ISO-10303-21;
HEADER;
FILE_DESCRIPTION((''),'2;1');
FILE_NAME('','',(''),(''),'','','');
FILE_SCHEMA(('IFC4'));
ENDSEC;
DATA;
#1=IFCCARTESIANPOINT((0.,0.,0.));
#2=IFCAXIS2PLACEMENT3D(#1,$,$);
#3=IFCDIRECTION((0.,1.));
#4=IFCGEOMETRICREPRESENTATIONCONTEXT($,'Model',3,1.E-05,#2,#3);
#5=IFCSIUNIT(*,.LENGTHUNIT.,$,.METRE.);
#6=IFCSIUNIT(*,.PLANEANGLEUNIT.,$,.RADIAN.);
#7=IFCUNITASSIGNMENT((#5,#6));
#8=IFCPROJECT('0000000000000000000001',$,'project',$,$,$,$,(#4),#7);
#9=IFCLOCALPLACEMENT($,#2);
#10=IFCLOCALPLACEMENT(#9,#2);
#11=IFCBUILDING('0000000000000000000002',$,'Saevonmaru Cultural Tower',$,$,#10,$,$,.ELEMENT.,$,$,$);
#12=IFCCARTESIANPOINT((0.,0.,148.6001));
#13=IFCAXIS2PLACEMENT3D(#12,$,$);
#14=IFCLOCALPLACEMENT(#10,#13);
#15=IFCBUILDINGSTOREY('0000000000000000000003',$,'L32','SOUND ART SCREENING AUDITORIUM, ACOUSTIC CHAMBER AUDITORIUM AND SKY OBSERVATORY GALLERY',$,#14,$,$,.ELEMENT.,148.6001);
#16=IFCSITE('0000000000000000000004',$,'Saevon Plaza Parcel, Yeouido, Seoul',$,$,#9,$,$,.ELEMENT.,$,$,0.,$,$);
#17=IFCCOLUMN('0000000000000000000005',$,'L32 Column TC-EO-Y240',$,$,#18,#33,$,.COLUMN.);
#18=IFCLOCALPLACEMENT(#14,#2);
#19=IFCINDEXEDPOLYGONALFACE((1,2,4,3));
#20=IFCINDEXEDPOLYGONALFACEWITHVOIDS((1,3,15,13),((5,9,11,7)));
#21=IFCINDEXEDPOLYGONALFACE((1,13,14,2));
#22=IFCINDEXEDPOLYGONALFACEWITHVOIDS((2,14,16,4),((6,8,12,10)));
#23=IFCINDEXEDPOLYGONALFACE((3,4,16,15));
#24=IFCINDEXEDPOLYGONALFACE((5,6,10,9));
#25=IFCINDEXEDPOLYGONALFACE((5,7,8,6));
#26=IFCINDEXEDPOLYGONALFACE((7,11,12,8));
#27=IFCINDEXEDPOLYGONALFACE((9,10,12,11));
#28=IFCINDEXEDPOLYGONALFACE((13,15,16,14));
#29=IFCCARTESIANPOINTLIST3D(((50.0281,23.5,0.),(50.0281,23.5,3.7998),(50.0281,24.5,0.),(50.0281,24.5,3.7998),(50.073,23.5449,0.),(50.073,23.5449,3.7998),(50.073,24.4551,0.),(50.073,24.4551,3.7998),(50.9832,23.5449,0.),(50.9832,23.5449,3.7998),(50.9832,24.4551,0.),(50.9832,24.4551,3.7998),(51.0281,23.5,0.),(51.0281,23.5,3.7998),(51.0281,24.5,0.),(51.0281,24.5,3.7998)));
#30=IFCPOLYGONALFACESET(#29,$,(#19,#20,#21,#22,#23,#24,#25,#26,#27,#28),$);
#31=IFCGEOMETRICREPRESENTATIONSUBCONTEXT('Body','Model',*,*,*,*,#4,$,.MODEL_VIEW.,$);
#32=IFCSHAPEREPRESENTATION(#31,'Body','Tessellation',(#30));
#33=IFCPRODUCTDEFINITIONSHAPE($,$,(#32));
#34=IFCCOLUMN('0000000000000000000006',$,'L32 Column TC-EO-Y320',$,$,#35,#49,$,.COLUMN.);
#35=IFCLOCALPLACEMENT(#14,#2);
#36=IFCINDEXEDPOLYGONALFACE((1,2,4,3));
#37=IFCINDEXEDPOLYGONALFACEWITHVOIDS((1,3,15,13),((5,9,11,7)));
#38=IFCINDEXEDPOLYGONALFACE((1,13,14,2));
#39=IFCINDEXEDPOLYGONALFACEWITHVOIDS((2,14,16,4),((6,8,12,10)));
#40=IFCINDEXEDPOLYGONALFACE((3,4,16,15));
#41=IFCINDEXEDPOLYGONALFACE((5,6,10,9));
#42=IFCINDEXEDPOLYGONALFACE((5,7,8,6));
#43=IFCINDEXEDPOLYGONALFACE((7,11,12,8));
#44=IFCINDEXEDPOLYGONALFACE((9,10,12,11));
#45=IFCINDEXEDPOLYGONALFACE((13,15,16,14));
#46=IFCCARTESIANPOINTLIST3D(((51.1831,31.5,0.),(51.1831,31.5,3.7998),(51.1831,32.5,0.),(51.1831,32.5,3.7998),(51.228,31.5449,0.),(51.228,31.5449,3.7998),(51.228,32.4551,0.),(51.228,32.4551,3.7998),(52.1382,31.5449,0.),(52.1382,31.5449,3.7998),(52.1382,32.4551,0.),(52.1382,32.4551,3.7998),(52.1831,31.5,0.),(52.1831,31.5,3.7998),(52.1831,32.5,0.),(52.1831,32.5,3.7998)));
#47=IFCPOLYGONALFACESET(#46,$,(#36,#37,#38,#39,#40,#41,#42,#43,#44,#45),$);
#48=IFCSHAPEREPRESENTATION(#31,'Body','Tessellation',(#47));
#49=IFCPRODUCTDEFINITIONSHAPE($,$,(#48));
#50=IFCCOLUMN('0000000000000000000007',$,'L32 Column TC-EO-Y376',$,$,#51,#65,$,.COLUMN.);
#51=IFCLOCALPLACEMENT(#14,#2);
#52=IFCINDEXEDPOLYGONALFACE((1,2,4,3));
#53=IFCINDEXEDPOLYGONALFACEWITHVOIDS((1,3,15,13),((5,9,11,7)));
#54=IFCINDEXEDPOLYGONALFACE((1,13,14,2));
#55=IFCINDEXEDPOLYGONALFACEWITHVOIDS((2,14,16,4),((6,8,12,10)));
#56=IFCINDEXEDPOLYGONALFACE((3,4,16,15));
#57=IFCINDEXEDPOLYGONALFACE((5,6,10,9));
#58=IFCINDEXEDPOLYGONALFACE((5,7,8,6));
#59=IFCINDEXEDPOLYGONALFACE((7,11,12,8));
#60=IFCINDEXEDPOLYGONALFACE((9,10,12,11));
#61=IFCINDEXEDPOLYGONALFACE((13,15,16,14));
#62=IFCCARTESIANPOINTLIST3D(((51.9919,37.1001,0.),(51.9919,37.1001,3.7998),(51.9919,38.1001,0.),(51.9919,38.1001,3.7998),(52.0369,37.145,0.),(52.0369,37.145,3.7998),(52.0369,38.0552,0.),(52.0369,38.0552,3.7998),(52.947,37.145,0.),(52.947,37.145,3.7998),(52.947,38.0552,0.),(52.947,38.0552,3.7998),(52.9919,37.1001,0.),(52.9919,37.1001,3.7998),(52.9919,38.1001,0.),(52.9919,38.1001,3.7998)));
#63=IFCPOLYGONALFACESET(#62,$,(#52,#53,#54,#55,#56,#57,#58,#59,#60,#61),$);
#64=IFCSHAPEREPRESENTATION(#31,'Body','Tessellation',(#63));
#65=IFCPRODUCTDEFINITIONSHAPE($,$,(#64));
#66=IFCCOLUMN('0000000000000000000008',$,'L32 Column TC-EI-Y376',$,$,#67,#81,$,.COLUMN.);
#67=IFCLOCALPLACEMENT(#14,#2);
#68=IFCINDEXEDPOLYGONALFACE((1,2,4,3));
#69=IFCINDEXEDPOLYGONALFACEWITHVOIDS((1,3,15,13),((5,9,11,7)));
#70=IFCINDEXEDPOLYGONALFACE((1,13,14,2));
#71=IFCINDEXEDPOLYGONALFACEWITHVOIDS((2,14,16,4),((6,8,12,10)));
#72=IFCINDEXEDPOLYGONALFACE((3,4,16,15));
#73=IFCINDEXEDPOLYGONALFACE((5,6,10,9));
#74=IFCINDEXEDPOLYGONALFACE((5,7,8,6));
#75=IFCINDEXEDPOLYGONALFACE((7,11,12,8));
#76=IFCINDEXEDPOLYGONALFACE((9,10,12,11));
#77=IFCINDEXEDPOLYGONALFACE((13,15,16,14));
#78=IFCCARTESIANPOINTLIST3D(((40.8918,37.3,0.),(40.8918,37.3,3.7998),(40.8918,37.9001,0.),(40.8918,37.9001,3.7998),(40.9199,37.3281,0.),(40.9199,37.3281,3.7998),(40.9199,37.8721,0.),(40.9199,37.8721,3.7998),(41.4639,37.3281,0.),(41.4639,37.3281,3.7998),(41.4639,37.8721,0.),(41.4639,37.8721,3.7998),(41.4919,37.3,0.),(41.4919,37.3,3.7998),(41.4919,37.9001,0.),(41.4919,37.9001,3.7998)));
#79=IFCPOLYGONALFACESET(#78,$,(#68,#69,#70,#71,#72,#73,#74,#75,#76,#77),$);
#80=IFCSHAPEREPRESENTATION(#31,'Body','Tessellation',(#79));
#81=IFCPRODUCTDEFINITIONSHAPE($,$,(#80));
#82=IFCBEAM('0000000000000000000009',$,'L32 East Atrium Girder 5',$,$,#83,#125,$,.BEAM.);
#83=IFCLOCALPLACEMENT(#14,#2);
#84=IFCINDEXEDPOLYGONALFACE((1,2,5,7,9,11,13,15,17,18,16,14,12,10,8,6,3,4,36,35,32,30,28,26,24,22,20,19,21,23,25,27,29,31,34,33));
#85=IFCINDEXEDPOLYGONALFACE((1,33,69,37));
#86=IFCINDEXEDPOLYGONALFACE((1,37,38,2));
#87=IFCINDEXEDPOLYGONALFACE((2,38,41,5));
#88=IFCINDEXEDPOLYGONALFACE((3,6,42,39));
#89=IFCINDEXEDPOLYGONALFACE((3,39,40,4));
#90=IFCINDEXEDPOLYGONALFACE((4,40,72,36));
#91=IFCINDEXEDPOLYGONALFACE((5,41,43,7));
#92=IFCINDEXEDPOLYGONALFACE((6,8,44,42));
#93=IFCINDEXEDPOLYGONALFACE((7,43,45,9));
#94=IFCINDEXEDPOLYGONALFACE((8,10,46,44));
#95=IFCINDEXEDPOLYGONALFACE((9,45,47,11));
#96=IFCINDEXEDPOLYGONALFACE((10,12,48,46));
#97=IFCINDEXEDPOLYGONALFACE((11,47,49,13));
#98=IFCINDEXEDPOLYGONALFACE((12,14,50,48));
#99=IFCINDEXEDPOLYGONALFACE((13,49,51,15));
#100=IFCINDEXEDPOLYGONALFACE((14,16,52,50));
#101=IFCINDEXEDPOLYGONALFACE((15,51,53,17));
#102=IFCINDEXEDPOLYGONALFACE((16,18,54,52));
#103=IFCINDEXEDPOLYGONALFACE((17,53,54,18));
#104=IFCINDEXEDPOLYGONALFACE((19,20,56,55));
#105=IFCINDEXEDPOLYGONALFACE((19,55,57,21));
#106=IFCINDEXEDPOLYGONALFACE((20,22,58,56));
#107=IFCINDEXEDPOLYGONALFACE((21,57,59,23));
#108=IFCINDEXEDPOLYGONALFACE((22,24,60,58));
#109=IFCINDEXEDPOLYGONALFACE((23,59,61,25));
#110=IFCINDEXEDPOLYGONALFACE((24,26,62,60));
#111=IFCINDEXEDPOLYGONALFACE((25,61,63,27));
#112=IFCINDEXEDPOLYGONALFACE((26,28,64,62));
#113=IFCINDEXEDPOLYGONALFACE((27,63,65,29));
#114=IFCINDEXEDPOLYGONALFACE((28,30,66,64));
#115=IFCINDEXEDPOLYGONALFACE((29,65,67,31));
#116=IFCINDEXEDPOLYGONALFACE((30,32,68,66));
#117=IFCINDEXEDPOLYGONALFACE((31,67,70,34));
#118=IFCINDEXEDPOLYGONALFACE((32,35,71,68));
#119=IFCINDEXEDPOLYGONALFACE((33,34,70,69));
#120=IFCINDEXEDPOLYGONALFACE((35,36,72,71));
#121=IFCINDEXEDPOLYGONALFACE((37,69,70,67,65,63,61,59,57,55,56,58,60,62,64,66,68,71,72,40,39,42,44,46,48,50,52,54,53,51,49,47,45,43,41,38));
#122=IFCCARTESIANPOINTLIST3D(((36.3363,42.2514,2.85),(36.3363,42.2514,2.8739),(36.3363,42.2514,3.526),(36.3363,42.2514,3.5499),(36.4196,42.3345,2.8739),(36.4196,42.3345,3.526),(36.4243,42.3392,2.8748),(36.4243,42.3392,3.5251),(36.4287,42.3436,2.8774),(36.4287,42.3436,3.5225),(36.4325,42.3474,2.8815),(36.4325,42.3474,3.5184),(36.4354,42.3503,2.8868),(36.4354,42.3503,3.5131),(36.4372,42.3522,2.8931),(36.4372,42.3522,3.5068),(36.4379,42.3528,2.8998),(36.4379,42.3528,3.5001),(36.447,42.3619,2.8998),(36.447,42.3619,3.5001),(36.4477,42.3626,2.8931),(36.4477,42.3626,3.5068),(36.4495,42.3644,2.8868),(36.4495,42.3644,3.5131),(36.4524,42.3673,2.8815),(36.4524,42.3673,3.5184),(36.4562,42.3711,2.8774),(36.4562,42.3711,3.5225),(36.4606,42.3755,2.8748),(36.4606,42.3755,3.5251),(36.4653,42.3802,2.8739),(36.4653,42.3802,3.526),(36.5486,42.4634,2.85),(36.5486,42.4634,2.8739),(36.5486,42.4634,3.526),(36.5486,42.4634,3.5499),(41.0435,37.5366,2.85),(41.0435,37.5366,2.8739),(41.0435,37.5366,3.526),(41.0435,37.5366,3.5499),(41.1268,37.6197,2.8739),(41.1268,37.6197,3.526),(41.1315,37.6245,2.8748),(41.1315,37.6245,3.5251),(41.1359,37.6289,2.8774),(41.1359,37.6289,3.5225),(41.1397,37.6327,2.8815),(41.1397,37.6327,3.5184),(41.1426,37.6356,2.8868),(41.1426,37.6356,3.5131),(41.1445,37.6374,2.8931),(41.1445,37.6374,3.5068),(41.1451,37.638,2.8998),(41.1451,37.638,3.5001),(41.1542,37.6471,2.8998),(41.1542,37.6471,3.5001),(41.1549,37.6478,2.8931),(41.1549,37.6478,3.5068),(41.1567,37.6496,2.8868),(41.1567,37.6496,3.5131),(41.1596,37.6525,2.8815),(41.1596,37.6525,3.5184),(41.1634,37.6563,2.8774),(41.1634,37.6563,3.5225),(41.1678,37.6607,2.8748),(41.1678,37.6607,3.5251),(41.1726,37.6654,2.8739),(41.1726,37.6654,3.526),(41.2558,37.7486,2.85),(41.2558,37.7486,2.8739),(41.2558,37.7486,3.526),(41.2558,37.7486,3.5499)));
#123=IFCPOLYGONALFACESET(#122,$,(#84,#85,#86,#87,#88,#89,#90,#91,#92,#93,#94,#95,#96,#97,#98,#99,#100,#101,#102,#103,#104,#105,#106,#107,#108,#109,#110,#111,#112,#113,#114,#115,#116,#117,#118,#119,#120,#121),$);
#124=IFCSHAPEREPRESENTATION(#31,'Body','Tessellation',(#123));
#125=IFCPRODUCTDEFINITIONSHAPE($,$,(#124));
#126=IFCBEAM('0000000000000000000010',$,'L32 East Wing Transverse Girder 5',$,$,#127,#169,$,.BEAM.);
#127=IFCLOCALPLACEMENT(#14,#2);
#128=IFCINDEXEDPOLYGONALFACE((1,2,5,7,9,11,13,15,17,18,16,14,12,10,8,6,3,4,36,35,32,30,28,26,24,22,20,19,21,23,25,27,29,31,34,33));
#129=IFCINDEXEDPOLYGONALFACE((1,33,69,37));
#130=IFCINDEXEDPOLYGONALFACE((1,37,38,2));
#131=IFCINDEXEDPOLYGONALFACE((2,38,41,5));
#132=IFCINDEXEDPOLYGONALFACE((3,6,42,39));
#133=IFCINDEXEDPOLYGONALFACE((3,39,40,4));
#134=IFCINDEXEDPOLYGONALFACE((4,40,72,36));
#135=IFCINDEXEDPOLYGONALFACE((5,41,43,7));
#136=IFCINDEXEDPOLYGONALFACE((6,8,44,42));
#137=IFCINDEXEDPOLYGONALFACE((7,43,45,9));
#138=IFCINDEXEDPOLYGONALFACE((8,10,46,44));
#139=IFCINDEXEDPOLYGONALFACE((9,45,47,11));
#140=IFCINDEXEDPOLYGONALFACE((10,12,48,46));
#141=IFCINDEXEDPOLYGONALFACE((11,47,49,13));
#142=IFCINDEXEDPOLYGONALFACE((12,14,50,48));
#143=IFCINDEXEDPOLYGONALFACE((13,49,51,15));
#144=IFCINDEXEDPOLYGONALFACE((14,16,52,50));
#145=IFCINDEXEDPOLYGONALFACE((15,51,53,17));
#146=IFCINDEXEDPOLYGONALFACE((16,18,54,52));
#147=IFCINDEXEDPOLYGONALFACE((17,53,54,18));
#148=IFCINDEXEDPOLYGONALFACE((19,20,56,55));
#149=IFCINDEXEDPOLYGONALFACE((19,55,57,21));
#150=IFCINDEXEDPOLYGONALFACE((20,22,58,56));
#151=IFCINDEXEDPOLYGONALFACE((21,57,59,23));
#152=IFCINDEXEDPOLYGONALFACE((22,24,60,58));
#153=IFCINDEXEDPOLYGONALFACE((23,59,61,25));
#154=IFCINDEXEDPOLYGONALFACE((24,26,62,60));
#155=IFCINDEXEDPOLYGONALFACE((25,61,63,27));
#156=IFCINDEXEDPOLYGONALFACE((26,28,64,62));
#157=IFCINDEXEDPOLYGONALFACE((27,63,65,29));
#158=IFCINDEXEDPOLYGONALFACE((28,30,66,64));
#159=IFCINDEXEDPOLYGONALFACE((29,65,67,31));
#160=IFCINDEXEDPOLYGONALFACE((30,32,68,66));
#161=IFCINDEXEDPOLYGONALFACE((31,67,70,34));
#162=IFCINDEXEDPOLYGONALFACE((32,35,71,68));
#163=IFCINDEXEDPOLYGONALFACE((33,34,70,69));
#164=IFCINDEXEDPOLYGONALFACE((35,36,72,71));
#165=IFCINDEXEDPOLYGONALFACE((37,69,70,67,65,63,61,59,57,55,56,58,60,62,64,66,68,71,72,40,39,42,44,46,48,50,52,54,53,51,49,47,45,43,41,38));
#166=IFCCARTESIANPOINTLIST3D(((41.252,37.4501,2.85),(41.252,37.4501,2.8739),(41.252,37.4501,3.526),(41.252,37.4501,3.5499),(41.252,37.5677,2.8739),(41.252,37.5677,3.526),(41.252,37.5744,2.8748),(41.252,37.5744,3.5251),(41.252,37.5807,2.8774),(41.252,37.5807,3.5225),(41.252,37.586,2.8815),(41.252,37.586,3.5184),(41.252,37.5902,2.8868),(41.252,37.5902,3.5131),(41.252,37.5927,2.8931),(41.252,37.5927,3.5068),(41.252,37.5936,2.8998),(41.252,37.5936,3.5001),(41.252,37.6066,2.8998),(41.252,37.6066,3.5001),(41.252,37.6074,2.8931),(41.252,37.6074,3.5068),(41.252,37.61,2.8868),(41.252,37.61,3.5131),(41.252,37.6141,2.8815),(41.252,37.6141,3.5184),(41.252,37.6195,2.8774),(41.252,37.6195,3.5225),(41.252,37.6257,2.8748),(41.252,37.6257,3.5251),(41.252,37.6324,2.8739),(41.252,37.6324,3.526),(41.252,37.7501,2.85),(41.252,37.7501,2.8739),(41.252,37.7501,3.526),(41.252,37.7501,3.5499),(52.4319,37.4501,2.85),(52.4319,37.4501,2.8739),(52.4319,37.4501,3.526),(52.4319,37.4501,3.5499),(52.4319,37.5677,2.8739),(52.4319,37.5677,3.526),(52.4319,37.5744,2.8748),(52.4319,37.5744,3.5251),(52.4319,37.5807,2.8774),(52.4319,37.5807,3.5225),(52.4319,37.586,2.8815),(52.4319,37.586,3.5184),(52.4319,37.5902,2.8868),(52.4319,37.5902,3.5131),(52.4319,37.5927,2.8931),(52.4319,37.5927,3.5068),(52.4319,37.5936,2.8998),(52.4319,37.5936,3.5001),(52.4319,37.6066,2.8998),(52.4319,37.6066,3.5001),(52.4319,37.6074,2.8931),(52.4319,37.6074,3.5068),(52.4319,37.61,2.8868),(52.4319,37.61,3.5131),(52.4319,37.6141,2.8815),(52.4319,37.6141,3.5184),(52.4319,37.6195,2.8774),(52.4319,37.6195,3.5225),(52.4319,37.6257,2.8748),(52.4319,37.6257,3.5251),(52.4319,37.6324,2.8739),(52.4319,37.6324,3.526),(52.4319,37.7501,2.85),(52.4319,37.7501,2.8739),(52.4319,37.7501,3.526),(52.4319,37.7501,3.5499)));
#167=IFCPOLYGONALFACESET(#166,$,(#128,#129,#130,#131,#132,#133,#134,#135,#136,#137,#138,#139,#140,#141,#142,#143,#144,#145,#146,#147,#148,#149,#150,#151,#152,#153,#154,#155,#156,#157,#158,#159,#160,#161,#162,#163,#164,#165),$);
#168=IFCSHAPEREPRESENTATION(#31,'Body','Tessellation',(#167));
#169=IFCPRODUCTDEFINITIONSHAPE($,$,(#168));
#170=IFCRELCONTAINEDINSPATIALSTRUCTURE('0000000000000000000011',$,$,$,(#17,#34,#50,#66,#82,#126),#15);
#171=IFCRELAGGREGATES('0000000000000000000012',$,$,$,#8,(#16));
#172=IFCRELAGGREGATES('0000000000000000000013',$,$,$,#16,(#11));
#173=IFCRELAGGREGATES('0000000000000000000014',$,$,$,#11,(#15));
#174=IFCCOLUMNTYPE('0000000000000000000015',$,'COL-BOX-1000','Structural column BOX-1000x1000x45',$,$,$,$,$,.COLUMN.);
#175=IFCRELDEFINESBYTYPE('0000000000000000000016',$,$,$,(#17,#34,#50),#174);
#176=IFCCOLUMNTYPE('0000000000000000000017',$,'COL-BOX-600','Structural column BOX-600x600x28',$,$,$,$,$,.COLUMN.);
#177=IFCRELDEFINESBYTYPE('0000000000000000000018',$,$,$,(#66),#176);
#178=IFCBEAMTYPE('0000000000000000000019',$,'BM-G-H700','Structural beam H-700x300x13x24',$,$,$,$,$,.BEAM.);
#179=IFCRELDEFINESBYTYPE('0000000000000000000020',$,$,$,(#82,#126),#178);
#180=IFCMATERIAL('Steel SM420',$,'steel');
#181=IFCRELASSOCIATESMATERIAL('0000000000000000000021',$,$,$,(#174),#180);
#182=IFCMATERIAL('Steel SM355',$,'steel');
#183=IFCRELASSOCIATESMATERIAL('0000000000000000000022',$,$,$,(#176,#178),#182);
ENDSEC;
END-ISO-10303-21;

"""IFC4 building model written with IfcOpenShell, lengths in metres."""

from ifc_helpers import new_model, si_unit, direction, frame, origin, origin_2d, place, context, subcontext, project, spatial, hollow_rectangle, i_section, extrude, material, material_profile, profile_set, type_object, element, save


model = new_model("IFC4")

# Units and contexts
model_context = context("Model", 3, precision=1e-05, world=origin(), true_north=direction((0.0, 1.0)))
body_context = subcontext(model_context, "Body", "Model", "MODEL_VIEW")
ifc_project = project(units=[si_unit("LENGTHUNIT", "METRE"), si_unit("PLANEANGLEUNIT", "RADIAN")], contexts=[model_context])

# Site, building, storey
site_placement = place(None, origin())
site = spatial("IfcSite", under=ifc_project, at=site_placement, Name="Saevon Plaza Parcel, Yeouido, Seoul", CompositionType="ELEMENT", RefElevation=0.0)
building_placement = place(site_placement, origin())
building = spatial("IfcBuilding", under=site, at=building_placement, Name="Saevonmaru Cultural Tower", CompositionType="ELEMENT")
storey_placement = place(building_placement, frame((0.0, 0.0, 148.6001)))
storey = spatial("IfcBuildingStorey", under=building, at=storey_placement, Name="L32", Description="SOUND ART SCREENING AUDITORIUM, ACOUSTIC CHAMBER AUDITORIUM AND SKY OBSERVATORY GALLERY", CompositionType="ELEMENT", Elevation=148.6001)

# Columns
ifc_material_1 = material(Name="Steel SM420", Category="steel")
ifc_material_profile_1 = material_profile(ifc_material_1, hollow_rectangle(XDim=1.0, YDim=1.0, WallThickness=0.0449, at=origin_2d()), Name="BOX-1000x1000x45")
ifc_profile_set_1 = profile_set([ifc_material_profile_1], Name="Steel SM420")
column_type_1 = type_object("IfcColumnType", Name="COL-BOX-1000", Description="Structural column BOX-1000x1000x45", PredefinedType="COLUMN", material=ifc_profile_set_1)
for number, where, z_axis, x_axis, name in (
    (1, (50.5281, 24.0, 0.0), (0.0, 0.0, 1.0), (1.0, 0.0, 0.0), "L32 Column TC-EO-Y240"),
    (2, (51.6831, 32.0, 0.0), (0.0, 0.0, 1.0), (1.0, 0.0, 0.0), "L32 Column TC-EO-Y320"),
    (3, (52.4919, 37.6001, 0.0), (0.0, 0.0, 1.0), (1.0, 0.0, 0.0), "L32 Column TC-EO-Y376"),
):
    element("IfcColumn", number, at=place(storey_placement, frame(where, z_axis=z_axis, x_axis=x_axis)), inside=storey, type_object=column_type_1, Name=name, PredefinedType="COLUMN", context=body_context, shape_type="SweptSolid", body=[
        extrude(hollow_rectangle(XDim=1.0, YDim=1.0, WallThickness=0.0449, at=origin_2d()), origin(), (0.0, 0.0, 1.0), 3.7998),
    ])
ifc_material_2 = material(Name="Steel SM355", Category="steel")
ifc_material_profile_2 = material_profile(ifc_material_2, hollow_rectangle(XDim=0.6001, YDim=0.6001, WallThickness=0.0281, at=origin_2d()), Name="BOX-600x600x28")
ifc_profile_set_2 = profile_set([ifc_material_profile_2], Name="Steel SM355")
column_type_2 = type_object("IfcColumnType", Name="COL-BOX-600", Description="Structural column BOX-600x600x28", PredefinedType="COLUMN", material=ifc_profile_set_2)
column_placement = place(storey_placement, frame((41.1919, 37.6001, 0.0), z_axis=(0.0, 0.0, 1.0), x_axis=(1.0, 0.0, 0.0)))
element("IfcColumn", 4, at=column_placement, inside=storey, type_object=column_type_2, Name="L32 Column TC-EI-Y376", PredefinedType="COLUMN", context=body_context, shape_type="SweptSolid", body=[
    extrude(hollow_rectangle(XDim=0.6001, YDim=0.6001, WallThickness=0.0281, at=origin_2d()), origin(), (0.0, 0.0, 1.0), 3.7998),
])

# Beams
ifc_material_profile_3 = material_profile(ifc_material_2, i_section(OverallWidth=0.3, OverallDepth=0.7, WebThickness=0.0129, FlangeThickness=0.0239, FilletRadius=0.0259, at=origin_2d()), Name="H-700x300x13x24")
ifc_profile_set_3 = profile_set([ifc_material_profile_3], Name="Steel SM355")
beam_type_1 = type_object("IfcBeamType", Name="BM-G-H700", Description="Structural beam H-700x300x13x24", PredefinedType="BEAM", material=ifc_profile_set_3)
beam_1_placement = place(storey_placement, frame((41.1497, 37.6426, 3.2), z_axis=(-0.706539, 0.707675, 0.0), x_axis=(-0.707675, -0.706539, 0.0)))
element("IfcBeam", 5, at=beam_1_placement, inside=storey, type_object=beam_type_1, Name="L32 East Atrium Girder 5", PredefinedType="BEAM", context=body_context, shape_type="SweptSolid", body=[
    extrude(i_section(OverallWidth=0.3, OverallDepth=0.7, WebThickness=0.0129, FlangeThickness=0.0239, FilletRadius=0.0259, at=origin_2d()), origin(), (0.0, 0.0, 1.0), 6.6624),
])
beam_2_placement = place(storey_placement, frame((41.252, 37.6001, 3.2), z_axis=(1.0, 0.0, 0.0), x_axis=(0.0, 1.0, 0.0)))
element("IfcBeam", 6, at=beam_2_placement, inside=storey, type_object=beam_type_1, Name="L32 East Wing Transverse Girder 5", PredefinedType="BEAM", context=body_context, shape_type="SweptSolid", body=[
    extrude(i_section(OverallWidth=0.3, OverallDepth=0.7, WebThickness=0.0129, FlangeThickness=0.0239, FilletRadius=0.0259, at=origin_2d()), origin(), (0.0, 0.0, 1.0), 11.1799),
])

save(model, "model.ifc")
